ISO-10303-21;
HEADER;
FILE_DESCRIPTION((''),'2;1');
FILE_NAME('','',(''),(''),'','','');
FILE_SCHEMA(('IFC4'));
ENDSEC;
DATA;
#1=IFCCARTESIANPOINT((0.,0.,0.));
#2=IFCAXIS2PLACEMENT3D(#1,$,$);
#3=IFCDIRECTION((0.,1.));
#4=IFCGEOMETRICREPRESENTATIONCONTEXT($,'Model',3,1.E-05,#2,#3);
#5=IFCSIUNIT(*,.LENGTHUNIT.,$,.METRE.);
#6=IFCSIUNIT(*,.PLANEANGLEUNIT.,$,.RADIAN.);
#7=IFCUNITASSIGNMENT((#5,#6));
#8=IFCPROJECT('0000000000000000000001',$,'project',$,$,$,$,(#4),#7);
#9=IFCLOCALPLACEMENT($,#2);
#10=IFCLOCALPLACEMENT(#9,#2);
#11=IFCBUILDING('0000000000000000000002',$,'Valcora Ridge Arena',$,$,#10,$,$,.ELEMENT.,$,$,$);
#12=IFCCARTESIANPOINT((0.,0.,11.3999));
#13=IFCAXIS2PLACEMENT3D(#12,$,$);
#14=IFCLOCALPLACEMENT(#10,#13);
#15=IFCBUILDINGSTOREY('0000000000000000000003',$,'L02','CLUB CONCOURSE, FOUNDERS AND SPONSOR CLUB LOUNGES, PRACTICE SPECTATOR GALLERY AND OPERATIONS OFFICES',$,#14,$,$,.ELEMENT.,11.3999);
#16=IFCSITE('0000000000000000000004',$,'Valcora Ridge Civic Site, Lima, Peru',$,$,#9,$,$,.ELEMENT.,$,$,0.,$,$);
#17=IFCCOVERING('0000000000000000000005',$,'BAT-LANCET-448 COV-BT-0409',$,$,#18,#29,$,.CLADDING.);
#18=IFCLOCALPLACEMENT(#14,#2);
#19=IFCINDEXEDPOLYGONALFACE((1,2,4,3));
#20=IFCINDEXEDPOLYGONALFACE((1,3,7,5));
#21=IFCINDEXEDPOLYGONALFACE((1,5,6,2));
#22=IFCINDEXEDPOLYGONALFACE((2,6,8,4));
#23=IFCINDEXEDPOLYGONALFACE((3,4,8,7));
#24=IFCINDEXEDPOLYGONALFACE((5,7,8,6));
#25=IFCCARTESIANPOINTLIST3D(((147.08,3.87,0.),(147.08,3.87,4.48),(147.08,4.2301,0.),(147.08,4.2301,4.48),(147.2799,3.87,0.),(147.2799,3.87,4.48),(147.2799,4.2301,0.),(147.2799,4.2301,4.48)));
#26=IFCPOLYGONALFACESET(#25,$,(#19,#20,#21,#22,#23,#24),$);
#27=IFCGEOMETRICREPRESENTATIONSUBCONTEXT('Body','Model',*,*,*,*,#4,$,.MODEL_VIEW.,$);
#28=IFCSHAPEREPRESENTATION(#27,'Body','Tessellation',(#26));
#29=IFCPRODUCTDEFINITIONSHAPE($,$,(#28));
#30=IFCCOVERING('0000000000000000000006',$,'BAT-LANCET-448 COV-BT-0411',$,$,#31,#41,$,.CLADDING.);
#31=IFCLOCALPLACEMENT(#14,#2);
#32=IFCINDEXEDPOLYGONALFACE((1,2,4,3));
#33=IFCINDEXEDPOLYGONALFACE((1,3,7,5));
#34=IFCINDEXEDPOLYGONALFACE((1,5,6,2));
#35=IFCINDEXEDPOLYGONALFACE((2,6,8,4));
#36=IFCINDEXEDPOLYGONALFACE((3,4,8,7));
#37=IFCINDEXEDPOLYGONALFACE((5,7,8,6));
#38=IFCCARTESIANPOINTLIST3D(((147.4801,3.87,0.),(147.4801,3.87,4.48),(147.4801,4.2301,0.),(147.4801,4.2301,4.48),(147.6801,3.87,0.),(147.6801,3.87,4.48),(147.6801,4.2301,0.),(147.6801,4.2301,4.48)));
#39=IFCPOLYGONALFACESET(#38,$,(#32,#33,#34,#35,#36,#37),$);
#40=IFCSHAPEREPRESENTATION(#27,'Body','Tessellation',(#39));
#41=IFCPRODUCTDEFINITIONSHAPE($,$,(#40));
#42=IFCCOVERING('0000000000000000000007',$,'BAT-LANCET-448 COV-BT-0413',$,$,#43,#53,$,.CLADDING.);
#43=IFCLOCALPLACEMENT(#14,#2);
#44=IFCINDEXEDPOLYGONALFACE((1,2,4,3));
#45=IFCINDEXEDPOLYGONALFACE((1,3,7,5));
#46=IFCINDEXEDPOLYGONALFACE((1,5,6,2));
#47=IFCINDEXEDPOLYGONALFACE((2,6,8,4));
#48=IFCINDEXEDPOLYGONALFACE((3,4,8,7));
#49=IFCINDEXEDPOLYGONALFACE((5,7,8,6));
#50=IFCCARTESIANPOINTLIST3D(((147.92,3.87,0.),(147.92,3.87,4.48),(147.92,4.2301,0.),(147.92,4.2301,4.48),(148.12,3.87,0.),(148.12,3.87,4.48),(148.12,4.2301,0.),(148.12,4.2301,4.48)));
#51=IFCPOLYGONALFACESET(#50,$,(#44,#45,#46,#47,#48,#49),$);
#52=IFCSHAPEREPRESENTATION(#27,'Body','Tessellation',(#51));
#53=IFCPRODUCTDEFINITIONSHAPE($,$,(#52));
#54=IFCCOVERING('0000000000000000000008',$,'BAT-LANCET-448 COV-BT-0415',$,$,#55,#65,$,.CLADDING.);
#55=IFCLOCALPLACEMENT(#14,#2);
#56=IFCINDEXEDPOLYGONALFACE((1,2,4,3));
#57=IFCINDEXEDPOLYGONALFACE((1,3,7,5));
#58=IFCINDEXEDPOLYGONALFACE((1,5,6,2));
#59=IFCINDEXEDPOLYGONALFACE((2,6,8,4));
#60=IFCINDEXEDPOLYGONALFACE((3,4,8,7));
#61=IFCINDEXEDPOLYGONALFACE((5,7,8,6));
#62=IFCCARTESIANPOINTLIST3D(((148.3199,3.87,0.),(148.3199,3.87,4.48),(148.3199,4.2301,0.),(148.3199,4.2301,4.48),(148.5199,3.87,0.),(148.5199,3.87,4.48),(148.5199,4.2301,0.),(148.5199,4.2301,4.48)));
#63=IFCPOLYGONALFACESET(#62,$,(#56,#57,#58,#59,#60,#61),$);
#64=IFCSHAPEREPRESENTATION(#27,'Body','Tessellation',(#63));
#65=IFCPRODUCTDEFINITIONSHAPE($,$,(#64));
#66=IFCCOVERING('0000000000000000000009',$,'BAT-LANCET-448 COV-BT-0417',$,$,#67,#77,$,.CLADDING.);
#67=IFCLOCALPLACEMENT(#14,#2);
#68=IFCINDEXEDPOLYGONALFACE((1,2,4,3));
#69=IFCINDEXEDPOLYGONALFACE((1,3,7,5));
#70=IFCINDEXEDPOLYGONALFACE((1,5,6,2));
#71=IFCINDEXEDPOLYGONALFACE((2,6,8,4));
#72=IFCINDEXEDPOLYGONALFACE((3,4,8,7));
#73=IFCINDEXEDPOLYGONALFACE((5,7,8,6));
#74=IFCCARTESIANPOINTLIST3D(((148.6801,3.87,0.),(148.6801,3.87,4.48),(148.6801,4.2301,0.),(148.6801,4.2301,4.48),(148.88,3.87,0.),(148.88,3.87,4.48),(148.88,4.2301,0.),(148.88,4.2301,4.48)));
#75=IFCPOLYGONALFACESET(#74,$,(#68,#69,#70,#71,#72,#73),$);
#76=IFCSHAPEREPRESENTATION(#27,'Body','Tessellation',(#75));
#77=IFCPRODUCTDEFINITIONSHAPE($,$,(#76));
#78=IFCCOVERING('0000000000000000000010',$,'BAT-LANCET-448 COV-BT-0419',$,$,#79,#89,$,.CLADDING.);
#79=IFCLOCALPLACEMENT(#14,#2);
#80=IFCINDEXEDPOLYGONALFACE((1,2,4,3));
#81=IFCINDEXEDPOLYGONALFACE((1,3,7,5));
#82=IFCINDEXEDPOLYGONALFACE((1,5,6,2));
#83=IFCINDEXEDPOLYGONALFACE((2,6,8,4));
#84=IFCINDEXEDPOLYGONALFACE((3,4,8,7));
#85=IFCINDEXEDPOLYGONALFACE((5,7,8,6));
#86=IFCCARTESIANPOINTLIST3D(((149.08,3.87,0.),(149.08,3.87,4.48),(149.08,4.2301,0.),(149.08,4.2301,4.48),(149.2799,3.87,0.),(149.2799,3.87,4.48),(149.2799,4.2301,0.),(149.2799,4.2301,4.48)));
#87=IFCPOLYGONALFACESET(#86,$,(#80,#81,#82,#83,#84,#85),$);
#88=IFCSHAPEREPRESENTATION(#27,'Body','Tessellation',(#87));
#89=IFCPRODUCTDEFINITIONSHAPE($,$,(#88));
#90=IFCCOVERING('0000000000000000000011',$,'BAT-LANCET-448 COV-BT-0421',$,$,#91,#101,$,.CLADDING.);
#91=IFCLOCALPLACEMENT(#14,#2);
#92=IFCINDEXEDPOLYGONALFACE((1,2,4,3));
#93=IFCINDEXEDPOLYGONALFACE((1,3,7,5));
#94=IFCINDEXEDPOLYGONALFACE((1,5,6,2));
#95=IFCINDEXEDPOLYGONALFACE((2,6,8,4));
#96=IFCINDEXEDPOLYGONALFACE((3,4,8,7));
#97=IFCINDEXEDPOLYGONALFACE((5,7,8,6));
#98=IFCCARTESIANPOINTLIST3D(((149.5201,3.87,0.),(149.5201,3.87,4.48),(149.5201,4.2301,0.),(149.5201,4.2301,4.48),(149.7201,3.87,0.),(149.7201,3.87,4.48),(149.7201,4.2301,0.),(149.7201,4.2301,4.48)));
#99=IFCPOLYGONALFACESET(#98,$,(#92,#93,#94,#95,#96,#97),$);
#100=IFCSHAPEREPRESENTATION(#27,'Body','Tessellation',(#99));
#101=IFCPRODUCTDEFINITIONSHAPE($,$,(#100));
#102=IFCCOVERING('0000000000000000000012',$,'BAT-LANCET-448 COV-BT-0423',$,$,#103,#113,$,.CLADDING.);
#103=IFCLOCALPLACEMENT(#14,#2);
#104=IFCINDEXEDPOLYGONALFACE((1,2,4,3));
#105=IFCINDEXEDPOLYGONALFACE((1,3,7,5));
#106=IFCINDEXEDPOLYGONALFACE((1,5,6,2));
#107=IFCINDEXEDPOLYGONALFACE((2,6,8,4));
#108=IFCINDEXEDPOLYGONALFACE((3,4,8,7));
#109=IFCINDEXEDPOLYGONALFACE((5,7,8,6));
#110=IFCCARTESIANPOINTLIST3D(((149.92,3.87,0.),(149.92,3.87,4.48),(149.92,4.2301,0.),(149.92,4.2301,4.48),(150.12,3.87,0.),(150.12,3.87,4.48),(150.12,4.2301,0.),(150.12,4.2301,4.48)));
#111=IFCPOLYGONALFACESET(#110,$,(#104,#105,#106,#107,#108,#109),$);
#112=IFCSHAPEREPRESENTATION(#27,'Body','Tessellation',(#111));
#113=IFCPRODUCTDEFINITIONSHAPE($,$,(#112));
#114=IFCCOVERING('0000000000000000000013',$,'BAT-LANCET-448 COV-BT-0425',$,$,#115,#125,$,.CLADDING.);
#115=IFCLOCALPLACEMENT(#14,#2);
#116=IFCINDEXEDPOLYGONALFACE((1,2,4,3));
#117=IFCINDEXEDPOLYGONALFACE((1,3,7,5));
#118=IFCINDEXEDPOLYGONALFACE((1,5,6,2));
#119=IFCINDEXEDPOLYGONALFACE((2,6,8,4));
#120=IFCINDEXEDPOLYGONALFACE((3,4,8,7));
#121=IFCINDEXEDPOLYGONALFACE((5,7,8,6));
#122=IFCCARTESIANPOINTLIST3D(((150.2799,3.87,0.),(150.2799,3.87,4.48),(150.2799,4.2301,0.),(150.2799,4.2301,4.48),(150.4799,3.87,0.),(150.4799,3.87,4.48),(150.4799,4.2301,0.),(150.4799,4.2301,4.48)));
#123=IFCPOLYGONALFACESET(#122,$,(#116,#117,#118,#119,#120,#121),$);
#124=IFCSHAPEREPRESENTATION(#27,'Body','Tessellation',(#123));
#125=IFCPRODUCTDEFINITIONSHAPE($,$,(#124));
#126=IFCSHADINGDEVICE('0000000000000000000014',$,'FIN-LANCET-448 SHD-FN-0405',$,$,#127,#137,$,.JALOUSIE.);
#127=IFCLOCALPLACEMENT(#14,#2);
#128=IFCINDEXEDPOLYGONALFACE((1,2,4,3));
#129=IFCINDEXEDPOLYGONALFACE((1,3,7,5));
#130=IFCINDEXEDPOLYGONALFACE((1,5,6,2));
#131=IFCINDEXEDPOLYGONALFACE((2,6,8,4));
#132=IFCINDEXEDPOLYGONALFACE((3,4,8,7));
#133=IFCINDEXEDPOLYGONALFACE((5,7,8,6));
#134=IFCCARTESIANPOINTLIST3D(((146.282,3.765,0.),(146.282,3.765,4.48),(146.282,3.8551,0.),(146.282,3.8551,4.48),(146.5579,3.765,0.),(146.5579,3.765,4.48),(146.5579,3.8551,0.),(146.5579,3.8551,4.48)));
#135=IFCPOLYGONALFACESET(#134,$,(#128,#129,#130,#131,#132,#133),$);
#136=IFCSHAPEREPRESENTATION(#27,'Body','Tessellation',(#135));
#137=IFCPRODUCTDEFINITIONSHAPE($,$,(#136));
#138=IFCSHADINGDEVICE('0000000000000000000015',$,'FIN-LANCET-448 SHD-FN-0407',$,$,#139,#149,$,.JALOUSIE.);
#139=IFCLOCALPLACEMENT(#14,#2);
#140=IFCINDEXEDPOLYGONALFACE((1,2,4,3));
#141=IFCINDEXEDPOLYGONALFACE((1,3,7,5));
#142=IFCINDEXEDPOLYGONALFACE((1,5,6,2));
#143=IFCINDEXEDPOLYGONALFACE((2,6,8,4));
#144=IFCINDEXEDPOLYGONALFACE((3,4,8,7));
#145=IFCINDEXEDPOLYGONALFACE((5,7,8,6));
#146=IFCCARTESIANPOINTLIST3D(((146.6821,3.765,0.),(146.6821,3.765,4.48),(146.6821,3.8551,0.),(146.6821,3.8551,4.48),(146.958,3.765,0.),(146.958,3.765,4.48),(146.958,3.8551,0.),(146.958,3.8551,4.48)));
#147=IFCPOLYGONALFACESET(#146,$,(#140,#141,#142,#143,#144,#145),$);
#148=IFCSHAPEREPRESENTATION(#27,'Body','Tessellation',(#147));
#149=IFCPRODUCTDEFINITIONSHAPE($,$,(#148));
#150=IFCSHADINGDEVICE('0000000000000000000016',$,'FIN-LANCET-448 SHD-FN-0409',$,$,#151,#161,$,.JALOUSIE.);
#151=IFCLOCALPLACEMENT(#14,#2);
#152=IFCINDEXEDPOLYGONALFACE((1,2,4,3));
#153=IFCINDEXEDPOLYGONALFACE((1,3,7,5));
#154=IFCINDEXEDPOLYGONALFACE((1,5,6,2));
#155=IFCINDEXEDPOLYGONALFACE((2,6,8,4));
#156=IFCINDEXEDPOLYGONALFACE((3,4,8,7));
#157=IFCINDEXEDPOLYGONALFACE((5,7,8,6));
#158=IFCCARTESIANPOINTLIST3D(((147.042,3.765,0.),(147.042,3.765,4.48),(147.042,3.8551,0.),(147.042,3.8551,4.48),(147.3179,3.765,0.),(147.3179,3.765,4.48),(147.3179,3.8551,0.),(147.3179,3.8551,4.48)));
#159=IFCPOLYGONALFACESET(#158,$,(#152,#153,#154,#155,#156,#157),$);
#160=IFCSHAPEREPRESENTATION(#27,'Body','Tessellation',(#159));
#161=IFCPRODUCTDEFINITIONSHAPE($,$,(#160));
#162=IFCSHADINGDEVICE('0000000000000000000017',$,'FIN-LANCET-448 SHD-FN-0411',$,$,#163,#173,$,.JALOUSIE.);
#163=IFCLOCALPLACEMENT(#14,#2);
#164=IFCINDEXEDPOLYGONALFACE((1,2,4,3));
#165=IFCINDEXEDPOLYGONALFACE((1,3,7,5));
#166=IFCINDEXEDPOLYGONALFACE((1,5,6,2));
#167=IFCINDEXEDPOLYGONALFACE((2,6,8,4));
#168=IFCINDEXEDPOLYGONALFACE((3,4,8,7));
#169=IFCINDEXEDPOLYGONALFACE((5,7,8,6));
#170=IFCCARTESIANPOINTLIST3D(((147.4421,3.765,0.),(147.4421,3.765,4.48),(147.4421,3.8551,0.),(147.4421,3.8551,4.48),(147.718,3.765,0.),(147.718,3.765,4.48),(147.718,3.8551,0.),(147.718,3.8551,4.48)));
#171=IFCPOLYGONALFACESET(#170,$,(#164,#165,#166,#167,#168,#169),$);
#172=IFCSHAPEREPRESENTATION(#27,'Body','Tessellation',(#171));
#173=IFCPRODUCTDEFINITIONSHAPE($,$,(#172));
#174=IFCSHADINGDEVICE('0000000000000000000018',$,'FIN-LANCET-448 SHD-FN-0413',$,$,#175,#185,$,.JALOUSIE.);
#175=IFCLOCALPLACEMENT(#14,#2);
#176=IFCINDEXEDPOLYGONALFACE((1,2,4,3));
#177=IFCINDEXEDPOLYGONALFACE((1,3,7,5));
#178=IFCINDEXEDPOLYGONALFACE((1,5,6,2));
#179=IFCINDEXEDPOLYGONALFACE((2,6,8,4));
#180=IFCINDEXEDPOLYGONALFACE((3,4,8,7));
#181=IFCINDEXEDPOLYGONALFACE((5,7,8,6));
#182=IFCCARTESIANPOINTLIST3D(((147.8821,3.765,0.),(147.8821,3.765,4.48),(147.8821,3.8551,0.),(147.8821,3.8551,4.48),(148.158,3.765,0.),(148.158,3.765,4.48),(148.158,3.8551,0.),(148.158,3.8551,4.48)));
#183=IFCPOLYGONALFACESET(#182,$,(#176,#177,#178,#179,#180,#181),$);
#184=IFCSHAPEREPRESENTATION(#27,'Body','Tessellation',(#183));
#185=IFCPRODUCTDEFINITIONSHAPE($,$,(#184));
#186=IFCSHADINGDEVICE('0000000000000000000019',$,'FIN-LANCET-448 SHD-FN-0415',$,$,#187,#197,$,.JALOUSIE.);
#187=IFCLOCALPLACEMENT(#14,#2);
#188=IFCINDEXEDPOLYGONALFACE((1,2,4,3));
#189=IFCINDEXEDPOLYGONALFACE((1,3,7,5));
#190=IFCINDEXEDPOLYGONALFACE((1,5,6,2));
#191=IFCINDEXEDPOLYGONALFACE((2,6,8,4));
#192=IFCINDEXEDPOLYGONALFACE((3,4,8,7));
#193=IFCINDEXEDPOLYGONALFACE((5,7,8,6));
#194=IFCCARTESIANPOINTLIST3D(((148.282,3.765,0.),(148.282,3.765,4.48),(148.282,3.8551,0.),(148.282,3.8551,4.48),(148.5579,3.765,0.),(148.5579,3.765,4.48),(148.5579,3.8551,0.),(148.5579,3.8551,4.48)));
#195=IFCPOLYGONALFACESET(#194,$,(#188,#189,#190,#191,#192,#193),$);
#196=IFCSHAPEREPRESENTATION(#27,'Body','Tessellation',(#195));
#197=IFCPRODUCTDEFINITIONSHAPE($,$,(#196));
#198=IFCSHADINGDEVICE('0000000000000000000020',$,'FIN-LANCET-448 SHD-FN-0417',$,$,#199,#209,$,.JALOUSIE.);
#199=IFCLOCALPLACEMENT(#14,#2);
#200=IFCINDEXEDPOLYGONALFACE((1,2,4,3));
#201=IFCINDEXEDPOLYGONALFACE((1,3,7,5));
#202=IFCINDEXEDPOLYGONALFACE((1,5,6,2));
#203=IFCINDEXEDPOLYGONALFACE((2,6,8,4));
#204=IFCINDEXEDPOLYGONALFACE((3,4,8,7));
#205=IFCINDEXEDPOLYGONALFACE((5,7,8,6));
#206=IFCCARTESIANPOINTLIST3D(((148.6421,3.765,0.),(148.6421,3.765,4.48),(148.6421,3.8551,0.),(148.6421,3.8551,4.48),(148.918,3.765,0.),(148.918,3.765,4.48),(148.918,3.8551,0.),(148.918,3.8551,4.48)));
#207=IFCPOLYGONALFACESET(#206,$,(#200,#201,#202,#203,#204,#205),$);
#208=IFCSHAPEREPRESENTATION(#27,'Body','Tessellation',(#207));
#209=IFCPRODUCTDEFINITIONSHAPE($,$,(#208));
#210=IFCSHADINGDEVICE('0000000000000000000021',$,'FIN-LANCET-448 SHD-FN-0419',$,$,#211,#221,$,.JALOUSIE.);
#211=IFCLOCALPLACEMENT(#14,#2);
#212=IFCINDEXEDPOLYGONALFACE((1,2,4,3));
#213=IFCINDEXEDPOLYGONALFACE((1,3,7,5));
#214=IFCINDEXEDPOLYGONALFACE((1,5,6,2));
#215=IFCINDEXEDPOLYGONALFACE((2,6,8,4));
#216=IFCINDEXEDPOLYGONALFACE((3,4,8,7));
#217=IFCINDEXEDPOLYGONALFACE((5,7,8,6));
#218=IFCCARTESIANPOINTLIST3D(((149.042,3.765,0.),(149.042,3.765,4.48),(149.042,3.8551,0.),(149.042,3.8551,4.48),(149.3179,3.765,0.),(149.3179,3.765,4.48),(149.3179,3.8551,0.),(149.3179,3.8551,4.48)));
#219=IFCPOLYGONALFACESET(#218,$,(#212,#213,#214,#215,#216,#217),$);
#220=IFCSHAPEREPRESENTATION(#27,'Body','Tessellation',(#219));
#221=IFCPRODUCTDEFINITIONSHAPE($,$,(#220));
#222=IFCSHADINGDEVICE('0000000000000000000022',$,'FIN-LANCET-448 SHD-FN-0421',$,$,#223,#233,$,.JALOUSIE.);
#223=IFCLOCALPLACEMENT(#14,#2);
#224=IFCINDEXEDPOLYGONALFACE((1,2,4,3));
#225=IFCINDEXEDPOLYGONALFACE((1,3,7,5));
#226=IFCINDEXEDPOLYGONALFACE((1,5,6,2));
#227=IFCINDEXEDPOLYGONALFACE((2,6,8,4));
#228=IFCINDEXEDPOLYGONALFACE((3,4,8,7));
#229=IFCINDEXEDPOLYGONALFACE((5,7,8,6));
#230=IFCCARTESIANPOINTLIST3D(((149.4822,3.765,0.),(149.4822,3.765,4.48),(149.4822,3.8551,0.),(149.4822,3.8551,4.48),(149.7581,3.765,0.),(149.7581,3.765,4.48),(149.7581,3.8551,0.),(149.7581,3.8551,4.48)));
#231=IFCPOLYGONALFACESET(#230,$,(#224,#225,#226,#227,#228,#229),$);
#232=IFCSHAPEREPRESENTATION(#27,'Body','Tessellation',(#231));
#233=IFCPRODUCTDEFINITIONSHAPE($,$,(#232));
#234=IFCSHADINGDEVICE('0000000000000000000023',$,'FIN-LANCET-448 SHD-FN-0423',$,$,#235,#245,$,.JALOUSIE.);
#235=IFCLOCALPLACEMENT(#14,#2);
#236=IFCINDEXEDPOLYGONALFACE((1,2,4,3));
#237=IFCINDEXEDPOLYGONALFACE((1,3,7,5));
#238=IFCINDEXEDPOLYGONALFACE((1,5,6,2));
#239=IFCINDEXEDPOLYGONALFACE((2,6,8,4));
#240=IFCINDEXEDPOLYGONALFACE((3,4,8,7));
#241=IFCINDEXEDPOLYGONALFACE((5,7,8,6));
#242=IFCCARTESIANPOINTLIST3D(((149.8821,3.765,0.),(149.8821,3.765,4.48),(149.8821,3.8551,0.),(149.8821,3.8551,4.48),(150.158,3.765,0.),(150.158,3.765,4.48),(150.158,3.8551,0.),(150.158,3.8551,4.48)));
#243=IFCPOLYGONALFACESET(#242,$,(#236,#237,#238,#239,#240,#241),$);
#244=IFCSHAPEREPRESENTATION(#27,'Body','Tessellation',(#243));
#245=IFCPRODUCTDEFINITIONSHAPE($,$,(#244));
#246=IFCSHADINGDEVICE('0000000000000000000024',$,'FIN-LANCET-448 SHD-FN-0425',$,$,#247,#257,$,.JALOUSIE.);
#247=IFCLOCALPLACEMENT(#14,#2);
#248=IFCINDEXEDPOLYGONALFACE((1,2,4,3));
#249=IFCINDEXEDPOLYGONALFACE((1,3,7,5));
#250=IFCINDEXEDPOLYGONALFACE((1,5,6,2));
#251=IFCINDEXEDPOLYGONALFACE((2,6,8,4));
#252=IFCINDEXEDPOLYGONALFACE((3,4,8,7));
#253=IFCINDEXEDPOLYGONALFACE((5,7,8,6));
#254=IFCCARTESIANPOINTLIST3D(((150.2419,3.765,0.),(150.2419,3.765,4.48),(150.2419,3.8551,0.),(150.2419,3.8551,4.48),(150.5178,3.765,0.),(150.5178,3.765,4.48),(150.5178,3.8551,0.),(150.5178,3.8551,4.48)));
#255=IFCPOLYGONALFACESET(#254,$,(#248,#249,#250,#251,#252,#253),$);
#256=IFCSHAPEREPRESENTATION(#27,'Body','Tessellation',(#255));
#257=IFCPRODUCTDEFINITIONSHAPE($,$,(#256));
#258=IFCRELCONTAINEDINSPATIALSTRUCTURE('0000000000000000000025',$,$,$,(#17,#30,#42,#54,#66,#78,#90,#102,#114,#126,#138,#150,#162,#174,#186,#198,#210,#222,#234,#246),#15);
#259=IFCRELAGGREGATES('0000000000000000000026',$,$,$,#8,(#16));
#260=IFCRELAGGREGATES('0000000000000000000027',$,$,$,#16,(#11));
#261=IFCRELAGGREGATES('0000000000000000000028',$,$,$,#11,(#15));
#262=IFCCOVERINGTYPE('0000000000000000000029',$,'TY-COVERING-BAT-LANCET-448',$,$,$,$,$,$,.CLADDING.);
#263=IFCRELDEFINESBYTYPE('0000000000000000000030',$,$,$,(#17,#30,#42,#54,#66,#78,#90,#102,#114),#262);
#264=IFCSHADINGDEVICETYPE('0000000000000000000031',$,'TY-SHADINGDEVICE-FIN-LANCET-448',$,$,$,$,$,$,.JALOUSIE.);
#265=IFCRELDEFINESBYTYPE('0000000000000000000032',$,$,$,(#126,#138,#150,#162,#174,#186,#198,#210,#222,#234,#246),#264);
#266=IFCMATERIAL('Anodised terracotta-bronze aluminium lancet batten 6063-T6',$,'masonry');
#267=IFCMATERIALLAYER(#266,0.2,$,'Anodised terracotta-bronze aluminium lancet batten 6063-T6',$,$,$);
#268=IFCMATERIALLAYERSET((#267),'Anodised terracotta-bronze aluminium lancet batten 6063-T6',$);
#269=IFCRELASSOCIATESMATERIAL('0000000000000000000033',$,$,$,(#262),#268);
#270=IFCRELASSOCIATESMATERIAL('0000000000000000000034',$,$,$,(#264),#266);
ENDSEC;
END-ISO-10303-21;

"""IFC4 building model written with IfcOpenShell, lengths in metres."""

from ifc_helpers import new_model, si_unit, direction, frame, origin, origin_2d, place, context, subcontext, project, spatial, rectangle, extrude, material, layer, layer_set, material_profile, profile_set, type_object, element, save


model = new_model("IFC4")

# Units and contexts
model_context = context("Model", 3, precision=1e-05, world=origin(), true_north=direction((0.0, 1.0)))
body_context = subcontext(model_context, "Body", "Model", "MODEL_VIEW")
ifc_project = project(units=[si_unit("LENGTHUNIT", "METRE"), si_unit("PLANEANGLEUNIT", "RADIAN")], contexts=[model_context])

# Site, building, storey
site_placement = place(None, origin())
site = spatial("IfcSite", under=ifc_project, at=site_placement, Name="Valcora Ridge Civic Site, Lima, Peru", CompositionType="ELEMENT", RefElevation=0.0)
building_placement = place(site_placement, origin())
building = spatial("IfcBuilding", under=site, at=building_placement, Name="Valcora Ridge Arena", CompositionType="ELEMENT")
storey_placement = place(building_placement, frame((0.0, 0.0, 11.3999)))
storey = spatial("IfcBuildingStorey", under=building, at=storey_placement, Name="L02", Description="CLUB CONCOURSE, FOUNDERS AND SPONSOR CLUB LOUNGES, PRACTICE SPECTATOR GALLERY AND OPERATIONS OFFICES", CompositionType="ELEMENT", Elevation=11.3999)

# Coverings
ifc_material_1 = material(Name="Anodised terracotta-bronze aluminium lancet batten 6063-T6", Category="masonry")
ifc_layer_1 = layer(ifc_material_1, 0.2, Name="Anodised terracotta-bronze aluminium lancet batten 6063-T6")
ifc_layer_set_1 = layer_set([ifc_layer_1], Name="Anodised terracotta-bronze aluminium lancet batten 6063-T6")
covering_type = type_object("IfcCoveringType", Name="TY-COVERING-BAT-LANCET-448", PredefinedType="CLADDING", material=ifc_layer_set_1)
for number, where, z_axis, x_axis, name in (
    (1, (147.1799, 4.05, 0.0), (0.0, 0.0, 1.0), (1.0, 0.0, 0.0), "BAT-LANCET-448 COV-BT-0409"),
    (2, (147.5801, 4.05, 0.0), (0.0, 0.0, 1.0), (1.0, 0.0, 0.0), "BAT-LANCET-448 COV-BT-0411"),
    (3, (148.02, 4.05, 0.0), (0.0, 0.0, 1.0), (1.0, 0.0, 0.0), "BAT-LANCET-448 COV-BT-0413"),
    (4, (148.4199, 4.05, 0.0), (0.0, 0.0, 1.0), (1.0, 0.0, 0.0), "BAT-LANCET-448 COV-BT-0415"),
    (5, (148.78, 4.05, 0.0), (0.0, 0.0, 1.0), (1.0, 0.0, 0.0), "BAT-LANCET-448 COV-BT-0417"),
    (6, (149.1799, 4.05, 0.0), (0.0, 0.0, 1.0), (1.0, 0.0, 0.0), "BAT-LANCET-448 COV-BT-0419"),
    (7, (149.6201, 4.05, 0.0), (0.0, 0.0, 1.0), (1.0, 0.0, 0.0), "BAT-LANCET-448 COV-BT-0421"),
    (8, (150.02, 4.05, 0.0), (0.0, 0.0, 1.0), (1.0, 0.0, 0.0), "BAT-LANCET-448 COV-BT-0423"),
    (9, (150.3799, 4.05, 0.0), (0.0, 0.0, 1.0), (1.0, 0.0, 0.0), "BAT-LANCET-448 COV-BT-0425"),
):
    element("IfcCovering", number, at=place(storey_placement, frame(where, z_axis=z_axis, x_axis=x_axis)), inside=storey, type_object=covering_type, Name=name, PredefinedType="CLADDING", context=body_context, shape_type="SweptSolid", body=[
        extrude(rectangle(XDim=0.2, YDim=0.3601, at=origin_2d()), origin(), (0.0, 0.0, 1.0), 4.48),
    ])

# Shading devices
ifc_material_profile_1 = material_profile(ifc_material_1, rectangle(XDim=0.0901, YDim=0.2759, at=origin_2d()), Name="ALU LANCET BATTEN 90x276")
ifc_profile_set_1 = profile_set([ifc_material_profile_1], Name="Anodised terracotta-bronze aluminium lancet batten 6063-T6")
shading_device_type = type_object("IfcShadingDeviceType", Name="TY-SHADINGDEVICE-FIN-LANCET-448", PredefinedType="JALOUSIE", material=ifc_profile_set_1)
for number, where, z_axis, x_axis, name in (
    (10, (146.4199, 3.8101, 0.0), (0.0, 0.0, 1.0), (0.0, 1.0, 0.0), "FIN-LANCET-448 SHD-FN-0405"),
    (11, (146.8201, 3.8101, 0.0), (0.0, 0.0, 1.0), (0.0, 1.0, 0.0), "FIN-LANCET-448 SHD-FN-0407"),
    (12, (147.1799, 3.8101, 0.0), (0.0, 0.0, 1.0), (0.0, 1.0, 0.0), "FIN-LANCET-448 SHD-FN-0409"),
    (13, (147.5801, 3.8101, 0.0), (0.0, 0.0, 1.0), (0.0, 1.0, 0.0), "FIN-LANCET-448 SHD-FN-0411"),
    (14, (148.02, 3.8101, 0.0), (0.0, 0.0, 1.0), (0.0, 1.0, 0.0), "FIN-LANCET-448 SHD-FN-0413"),
    (15, (148.4199, 3.8101, 0.0), (0.0, 0.0, 1.0), (0.0, 1.0, 0.0), "FIN-LANCET-448 SHD-FN-0415"),
    (16, (148.78, 3.8101, 0.0), (0.0, 0.0, 1.0), (0.0, 1.0, 0.0), "FIN-LANCET-448 SHD-FN-0417"),
    (17, (149.1799, 3.8101, 0.0), (0.0, 0.0, 1.0), (0.0, 1.0, 0.0), "FIN-LANCET-448 SHD-FN-0419"),
    (18, (149.6201, 3.8101, 0.0), (0.0, 0.0, 1.0), (0.0, 1.0, 0.0), "FIN-LANCET-448 SHD-FN-0421"),
    (19, (150.02, 3.8101, 0.0), (0.0, 0.0, 1.0), (0.0, 1.0, 0.0), "FIN-LANCET-448 SHD-FN-0423"),
    (20, (150.3799, 3.8101, 0.0), (0.0, 0.0, 1.0), (0.0, 1.0, 0.0), "FIN-LANCET-448 SHD-FN-0425"),
):
    element("IfcShadingDevice", number, at=place(storey_placement, frame(where, z_axis=z_axis, x_axis=x_axis)), inside=storey, type_object=shading_device_type, Name=name, PredefinedType="JALOUSIE", context=body_context, shape_type="SweptSolid", body=[
        extrude(rectangle(XDim=0.0901, YDim=0.2759, at=origin_2d()), origin(), (0.0, 0.0, 1.0), 4.48),
    ])

save(model, "model.ifc")
